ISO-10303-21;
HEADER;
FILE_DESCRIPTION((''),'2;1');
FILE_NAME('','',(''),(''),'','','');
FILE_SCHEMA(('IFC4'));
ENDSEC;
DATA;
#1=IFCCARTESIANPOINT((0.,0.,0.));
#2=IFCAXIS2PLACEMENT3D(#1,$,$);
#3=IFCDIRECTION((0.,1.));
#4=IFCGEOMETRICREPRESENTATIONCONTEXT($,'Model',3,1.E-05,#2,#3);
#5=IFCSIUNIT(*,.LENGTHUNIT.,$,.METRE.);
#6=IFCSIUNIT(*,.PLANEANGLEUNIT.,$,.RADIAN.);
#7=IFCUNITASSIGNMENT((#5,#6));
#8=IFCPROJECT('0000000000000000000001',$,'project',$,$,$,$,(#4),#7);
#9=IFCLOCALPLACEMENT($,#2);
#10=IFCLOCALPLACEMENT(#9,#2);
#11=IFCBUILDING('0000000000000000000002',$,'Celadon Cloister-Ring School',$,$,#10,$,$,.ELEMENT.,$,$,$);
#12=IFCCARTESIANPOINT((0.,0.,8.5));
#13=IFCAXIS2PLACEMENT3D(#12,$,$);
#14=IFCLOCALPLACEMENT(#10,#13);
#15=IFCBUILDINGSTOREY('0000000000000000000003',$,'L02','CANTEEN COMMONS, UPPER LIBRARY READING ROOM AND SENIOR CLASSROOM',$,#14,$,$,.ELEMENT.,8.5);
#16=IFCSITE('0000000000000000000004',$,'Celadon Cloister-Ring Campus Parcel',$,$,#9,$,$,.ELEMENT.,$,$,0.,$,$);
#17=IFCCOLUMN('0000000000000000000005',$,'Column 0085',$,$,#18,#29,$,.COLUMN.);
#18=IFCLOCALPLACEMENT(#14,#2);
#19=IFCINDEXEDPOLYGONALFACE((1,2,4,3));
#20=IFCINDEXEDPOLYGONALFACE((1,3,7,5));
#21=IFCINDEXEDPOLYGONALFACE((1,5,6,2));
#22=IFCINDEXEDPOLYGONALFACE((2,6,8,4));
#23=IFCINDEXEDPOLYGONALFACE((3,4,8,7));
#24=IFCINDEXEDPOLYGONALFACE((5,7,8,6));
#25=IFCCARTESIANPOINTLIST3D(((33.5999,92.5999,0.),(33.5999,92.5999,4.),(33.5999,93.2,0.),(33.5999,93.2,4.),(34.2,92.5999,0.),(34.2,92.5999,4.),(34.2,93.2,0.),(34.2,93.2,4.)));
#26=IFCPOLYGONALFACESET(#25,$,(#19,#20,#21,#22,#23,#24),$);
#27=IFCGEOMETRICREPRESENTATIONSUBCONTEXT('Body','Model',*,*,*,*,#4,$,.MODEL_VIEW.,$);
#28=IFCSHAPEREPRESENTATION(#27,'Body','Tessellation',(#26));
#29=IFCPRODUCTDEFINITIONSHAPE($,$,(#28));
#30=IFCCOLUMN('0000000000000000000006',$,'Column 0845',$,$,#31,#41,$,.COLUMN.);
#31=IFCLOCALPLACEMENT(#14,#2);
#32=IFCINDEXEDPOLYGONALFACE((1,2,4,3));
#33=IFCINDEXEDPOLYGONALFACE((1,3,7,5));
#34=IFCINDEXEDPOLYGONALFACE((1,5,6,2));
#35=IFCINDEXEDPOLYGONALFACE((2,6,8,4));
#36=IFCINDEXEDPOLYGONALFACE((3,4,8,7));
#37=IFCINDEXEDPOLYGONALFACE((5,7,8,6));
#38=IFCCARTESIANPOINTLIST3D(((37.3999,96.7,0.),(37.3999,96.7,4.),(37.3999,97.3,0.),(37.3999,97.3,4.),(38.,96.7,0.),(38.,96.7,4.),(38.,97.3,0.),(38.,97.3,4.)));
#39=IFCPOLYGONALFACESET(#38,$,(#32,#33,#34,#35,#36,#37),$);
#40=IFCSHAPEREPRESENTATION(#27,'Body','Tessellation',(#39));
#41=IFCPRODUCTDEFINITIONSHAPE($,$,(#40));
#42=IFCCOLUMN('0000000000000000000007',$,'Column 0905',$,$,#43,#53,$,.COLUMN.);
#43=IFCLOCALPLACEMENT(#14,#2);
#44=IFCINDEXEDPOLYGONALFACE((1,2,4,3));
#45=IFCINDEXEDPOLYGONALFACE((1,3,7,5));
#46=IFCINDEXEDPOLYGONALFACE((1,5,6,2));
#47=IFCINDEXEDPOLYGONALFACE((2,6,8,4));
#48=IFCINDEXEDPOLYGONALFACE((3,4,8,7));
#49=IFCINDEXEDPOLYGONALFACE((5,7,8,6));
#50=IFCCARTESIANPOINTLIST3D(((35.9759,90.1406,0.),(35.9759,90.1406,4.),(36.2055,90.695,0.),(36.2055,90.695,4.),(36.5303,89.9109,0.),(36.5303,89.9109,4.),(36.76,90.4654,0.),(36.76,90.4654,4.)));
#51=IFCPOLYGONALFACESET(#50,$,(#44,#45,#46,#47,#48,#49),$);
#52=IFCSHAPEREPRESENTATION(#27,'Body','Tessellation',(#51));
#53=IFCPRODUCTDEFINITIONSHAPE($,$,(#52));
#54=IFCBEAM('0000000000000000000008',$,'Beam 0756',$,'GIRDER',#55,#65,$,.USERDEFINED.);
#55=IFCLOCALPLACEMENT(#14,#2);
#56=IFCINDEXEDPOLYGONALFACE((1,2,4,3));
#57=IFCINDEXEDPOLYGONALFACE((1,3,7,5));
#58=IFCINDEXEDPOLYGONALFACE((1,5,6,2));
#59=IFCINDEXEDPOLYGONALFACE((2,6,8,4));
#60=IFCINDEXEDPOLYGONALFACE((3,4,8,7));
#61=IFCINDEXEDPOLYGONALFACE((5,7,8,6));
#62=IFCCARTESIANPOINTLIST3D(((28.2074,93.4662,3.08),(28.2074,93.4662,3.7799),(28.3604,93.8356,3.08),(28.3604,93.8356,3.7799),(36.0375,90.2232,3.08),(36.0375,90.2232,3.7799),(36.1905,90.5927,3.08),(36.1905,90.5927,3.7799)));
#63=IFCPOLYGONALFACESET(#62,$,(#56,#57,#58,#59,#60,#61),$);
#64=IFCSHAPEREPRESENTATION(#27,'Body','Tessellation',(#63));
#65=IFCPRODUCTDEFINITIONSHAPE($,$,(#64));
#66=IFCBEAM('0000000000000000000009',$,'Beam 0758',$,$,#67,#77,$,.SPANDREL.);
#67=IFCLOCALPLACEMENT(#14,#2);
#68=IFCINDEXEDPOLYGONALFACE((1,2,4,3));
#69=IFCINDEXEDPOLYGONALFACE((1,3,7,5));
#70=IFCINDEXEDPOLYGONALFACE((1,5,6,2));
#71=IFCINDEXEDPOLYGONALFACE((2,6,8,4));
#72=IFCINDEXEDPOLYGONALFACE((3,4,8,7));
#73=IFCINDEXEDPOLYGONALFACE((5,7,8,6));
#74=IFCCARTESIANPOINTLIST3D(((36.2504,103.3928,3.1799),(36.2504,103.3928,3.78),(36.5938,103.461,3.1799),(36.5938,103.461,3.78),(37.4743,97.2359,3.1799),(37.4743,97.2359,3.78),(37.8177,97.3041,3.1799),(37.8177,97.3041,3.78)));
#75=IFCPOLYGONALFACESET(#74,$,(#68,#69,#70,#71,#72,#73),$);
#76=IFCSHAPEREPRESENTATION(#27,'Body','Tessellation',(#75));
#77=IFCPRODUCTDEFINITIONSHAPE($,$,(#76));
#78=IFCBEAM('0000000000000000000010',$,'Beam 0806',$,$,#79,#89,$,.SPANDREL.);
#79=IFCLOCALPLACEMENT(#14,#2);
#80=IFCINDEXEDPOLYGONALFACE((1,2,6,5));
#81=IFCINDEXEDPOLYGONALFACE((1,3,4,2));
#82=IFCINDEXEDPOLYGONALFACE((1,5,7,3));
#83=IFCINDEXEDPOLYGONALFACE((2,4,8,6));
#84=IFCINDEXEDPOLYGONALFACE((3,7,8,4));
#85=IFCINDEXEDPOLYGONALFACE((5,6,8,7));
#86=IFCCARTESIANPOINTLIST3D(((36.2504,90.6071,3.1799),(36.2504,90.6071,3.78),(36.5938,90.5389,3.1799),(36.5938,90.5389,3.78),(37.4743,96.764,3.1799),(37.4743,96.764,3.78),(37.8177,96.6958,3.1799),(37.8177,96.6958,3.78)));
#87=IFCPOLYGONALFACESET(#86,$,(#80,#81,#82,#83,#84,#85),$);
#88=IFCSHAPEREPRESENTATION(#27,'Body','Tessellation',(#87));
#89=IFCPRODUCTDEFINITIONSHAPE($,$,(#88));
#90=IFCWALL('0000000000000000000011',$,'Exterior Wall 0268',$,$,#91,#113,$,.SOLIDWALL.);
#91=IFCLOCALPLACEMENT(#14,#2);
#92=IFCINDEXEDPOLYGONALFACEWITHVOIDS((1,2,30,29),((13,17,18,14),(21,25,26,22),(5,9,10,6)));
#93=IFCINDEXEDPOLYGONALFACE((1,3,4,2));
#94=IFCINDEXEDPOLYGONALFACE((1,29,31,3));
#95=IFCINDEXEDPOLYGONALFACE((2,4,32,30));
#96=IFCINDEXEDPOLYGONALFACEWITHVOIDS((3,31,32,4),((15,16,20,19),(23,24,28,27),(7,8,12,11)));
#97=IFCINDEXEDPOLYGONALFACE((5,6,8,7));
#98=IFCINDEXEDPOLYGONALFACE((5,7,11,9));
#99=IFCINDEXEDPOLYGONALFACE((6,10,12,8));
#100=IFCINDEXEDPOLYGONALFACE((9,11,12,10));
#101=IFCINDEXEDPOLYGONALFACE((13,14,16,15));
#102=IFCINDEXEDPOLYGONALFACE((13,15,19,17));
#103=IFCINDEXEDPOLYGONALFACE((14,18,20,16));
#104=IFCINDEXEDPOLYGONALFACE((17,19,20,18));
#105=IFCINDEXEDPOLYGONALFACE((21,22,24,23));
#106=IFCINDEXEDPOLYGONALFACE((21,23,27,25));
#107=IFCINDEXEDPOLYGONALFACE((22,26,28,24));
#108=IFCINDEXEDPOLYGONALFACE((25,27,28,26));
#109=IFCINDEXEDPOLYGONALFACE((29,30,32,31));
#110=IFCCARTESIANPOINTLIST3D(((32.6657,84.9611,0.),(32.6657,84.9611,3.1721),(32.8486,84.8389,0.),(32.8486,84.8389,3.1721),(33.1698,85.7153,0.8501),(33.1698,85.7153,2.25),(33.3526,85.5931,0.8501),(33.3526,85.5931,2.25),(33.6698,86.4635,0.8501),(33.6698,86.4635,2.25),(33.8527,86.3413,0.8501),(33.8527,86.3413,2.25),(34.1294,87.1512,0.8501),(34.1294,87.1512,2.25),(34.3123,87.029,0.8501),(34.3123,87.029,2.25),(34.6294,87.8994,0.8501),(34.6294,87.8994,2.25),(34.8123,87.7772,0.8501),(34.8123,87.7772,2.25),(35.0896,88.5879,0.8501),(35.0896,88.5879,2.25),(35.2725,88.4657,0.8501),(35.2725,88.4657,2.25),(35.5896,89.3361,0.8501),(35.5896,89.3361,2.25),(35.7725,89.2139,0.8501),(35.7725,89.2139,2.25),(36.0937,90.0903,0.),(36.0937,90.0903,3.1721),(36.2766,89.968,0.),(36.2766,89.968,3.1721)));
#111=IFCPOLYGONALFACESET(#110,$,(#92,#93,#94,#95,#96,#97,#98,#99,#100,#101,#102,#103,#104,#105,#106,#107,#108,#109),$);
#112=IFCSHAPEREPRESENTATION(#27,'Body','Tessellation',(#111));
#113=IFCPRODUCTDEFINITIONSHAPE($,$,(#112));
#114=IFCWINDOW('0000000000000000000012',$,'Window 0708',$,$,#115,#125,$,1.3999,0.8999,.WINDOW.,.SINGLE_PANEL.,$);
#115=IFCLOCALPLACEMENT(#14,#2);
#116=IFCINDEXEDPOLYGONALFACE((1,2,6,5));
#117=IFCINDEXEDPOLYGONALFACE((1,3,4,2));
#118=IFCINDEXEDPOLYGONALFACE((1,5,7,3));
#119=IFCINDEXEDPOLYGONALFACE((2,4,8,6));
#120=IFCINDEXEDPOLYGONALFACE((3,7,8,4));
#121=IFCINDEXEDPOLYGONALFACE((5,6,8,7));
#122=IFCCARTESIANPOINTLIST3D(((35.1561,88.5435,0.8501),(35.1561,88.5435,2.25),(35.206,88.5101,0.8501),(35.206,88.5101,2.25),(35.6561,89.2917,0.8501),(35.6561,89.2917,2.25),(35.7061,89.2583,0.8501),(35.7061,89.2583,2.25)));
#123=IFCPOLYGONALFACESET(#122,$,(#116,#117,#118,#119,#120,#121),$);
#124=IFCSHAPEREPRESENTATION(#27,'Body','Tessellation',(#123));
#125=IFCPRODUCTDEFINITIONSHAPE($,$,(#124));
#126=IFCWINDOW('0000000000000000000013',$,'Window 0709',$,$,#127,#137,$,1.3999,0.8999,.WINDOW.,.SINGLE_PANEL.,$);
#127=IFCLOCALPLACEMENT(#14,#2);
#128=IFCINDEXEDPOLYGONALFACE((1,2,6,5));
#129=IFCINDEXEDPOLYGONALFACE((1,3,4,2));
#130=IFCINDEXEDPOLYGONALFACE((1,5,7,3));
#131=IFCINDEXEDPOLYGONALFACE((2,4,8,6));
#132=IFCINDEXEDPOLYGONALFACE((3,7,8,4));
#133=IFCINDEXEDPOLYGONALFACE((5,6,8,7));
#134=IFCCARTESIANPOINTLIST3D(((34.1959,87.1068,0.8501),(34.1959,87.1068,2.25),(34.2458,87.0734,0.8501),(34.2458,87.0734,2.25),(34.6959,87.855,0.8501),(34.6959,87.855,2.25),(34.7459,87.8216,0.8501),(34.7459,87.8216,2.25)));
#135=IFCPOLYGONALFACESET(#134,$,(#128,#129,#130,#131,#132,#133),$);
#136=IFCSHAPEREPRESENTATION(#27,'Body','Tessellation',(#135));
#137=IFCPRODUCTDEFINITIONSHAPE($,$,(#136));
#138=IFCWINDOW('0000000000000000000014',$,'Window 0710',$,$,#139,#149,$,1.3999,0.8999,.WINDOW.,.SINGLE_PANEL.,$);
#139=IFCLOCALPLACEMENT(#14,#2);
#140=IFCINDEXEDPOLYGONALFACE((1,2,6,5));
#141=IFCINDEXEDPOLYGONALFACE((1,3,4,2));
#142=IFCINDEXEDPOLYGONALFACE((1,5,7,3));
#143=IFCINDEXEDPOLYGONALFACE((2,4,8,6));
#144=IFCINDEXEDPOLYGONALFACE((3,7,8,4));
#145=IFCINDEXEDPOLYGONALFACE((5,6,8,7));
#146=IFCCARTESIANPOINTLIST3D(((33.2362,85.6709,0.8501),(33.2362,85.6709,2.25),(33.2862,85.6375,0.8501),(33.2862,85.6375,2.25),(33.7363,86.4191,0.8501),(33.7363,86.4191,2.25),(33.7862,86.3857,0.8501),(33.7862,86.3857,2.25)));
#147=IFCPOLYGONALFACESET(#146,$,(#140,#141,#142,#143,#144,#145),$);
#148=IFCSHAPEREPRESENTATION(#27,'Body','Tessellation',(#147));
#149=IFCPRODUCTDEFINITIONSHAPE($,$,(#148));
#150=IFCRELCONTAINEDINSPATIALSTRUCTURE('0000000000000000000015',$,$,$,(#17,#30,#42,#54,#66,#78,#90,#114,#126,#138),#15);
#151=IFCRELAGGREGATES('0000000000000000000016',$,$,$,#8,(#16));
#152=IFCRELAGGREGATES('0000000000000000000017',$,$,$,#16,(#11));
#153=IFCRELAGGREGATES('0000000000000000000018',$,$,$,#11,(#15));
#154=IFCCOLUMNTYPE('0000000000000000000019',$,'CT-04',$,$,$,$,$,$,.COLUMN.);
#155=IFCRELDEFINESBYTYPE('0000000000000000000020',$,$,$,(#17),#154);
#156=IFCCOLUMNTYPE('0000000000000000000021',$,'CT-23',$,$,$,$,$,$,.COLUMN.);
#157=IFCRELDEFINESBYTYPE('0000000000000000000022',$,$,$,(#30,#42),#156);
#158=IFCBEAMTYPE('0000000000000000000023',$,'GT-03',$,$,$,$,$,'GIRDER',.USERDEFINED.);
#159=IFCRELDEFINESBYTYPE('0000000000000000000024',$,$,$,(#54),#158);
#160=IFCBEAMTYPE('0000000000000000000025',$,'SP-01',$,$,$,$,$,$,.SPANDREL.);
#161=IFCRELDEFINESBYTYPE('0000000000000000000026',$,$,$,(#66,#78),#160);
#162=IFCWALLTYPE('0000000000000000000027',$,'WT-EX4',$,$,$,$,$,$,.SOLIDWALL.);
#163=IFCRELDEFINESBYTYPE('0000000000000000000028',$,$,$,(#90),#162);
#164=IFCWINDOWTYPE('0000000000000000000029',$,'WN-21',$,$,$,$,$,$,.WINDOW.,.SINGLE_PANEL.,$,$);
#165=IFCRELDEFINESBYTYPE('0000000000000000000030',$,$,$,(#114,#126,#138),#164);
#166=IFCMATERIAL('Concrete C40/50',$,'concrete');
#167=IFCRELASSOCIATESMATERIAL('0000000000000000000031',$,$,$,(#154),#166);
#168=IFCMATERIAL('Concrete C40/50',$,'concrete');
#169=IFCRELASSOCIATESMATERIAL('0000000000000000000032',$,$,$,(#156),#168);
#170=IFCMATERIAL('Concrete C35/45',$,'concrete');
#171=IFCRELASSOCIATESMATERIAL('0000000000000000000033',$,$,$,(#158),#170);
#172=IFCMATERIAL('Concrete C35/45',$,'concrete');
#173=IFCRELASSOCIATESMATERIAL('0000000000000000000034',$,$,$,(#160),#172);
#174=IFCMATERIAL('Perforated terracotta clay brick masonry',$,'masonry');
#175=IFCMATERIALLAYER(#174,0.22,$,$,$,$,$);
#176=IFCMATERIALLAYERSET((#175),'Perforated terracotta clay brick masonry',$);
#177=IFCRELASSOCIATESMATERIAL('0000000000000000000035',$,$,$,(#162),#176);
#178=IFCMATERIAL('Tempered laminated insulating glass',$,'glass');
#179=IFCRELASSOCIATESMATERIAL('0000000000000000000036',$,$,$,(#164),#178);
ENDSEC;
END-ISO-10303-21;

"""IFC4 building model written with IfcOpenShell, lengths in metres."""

from ifc_helpers import new_model, si_unit, direction, frame, frame_2d, origin, origin_2d, place, context, subcontext, project, spatial, rectangle, extrude, material, layer, layer_set, material_profile, profile_set, type_object, element, fill, save


model = new_model("IFC4")

# Units and contexts
model_context = context("Model", 3, precision=1e-05, world=origin(), true_north=direction((0.0, 1.0)))
body_context = subcontext(model_context, "Body", "Model", "MODEL_VIEW")
ifc_project = project(units=[si_unit("LENGTHUNIT", "METRE"), si_unit("PLANEANGLEUNIT", "RADIAN")], contexts=[model_context])

# Site, building, storey
site_placement = place(None, origin())
site = spatial("IfcSite", under=ifc_project, at=site_placement, Name="Celadon Cloister-Ring Campus Parcel", CompositionType="ELEMENT", RefElevation=0.0)
building_placement = place(site_placement, origin())
building = spatial("IfcBuilding", under=site, at=building_placement, Name="Celadon Cloister-Ring School", CompositionType="ELEMENT")
storey_placement = place(building_placement, frame((0.0, 0.0, 8.5)))
storey = spatial("IfcBuildingStorey", under=building, at=storey_placement, Name="L02", Description="CANTEEN COMMONS, UPPER LIBRARY READING ROOM AND SENIOR CLASSROOM", CompositionType="ELEMENT", Elevation=8.5)

# Columns
ifc_material_1 = material(Name="Concrete C40/50", Category="concrete")
ifc_material_profile_1 = material_profile(ifc_material_1, rectangle(XDim=0.6001, YDim=0.6001, at=origin_2d()), Name="RC600X600")
ifc_profile_set_1 = profile_set([ifc_material_profile_1], Name="Concrete C40/50")
column_type_1 = type_object("IfcColumnType", Name="CT-04", PredefinedType="COLUMN", material=ifc_profile_set_1)
column_placement = place(storey_placement, frame((33.8999, 92.8999, 0.0), z_axis=(0.0, 0.0, 1.0), x_axis=(1.0, 0.0, 0.0)))
element("IfcColumn", 1, at=column_placement, inside=storey, type_object=column_type_1, Name="Column 0085", PredefinedType="COLUMN", context=body_context, shape_type="SweptSolid", body=[
    extrude(rectangle(XDim=0.6001, YDim=0.6001, at=origin_2d()), origin(), (0.0, 0.0, 1.0), 4.0),
])
ifc_material_2 = material(Name="Concrete C40/50", Category="concrete")
ifc_material_profile_2 = material_profile(ifc_material_2, rectangle(XDim=0.6001, YDim=0.6001, at=origin_2d()), Name="RC600X600")
ifc_profile_set_2 = profile_set([ifc_material_profile_2], Name="Concrete C40/50")
column_type_2 = type_object("IfcColumnType", Name="CT-23", PredefinedType="COLUMN", material=ifc_profile_set_2)
for number, where, z_axis, x_axis, name in (
    (2, (37.7, 97.0, 0.0), (0.0, 0.0, 1.0), (1.0, 0.0, 0.0), "Column 0845"),
    (3, (36.3679, 90.303, 0.0), (0.0, 0.0, 1.0), (0.92388, -0.382683, 0.0), "Column 0905"),
):
    element("IfcColumn", number, at=place(storey_placement, frame(where, z_axis=z_axis, x_axis=x_axis)), inside=storey, type_object=column_type_2, Name=name, PredefinedType="COLUMN", context=body_context, shape_type="SweptSolid", body=[
        extrude(rectangle(XDim=0.6001, YDim=0.6001, at=origin_2d()), origin(), (0.0, 0.0, 1.0), 4.0),
    ])

# Beams
ifc_material_3 = material(Name="Concrete C35/45", Category="concrete")
ifc_material_profile_3 = material_profile(ifc_material_3, rectangle(XDim=0.3999, YDim=0.7, at=origin_2d()), Name="RC400X700")
ifc_profile_set_3 = profile_set([ifc_material_profile_3], Name="Concrete C35/45")
beam_type_1 = type_object("IfcBeamType", Name="GT-03", ElementType="GIRDER", PredefinedType="USERDEFINED", material=ifc_profile_set_3)
beam_placement = place(storey_placement, frame((36.114, 90.408, 3.4299), z_axis=(-0.923896, 0.382643, 0.0), x_axis=(-0.382643, -0.923896, 0.0)))
element("IfcBeam", 4, at=beam_placement, inside=storey, type_object=beam_type_1, Name="Beam 0756", ObjectType="GIRDER", PredefinedType="USERDEFINED", context=body_context, shape_type="SweptSolid", body=[
    extrude(rectangle(XDim=0.3999, YDim=0.7, at=origin_2d()), origin(), (0.0, 0.0, 1.0), 8.4751),
])
ifc_material_4 = material(Name="Concrete C35/45", Category="concrete")
ifc_material_profile_4 = material_profile(ifc_material_4, rectangle(XDim=0.3501, YDim=0.6001, at=origin_2d()), Name="RC350X600")
ifc_profile_set_4 = profile_set([ifc_material_profile_4], Name="Concrete C35/45")
beam_type_2 = type_object("IfcBeamType", Name="SP-01", PredefinedType="SPANDREL", material=ifc_profile_set_4)
for number, where, z_axis, x_axis, name in (
    (5, (37.646, 97.27, 3.48), (-0.194964, 0.98081, 0.0), (-0.98081, -0.194964, 0.0), "Beam 0758"),
    (6, (36.4221, 90.573, 3.48), (0.194964, 0.98081, 0.0), (-0.98081, 0.194964, 0.0), "Beam 0806"),
):
    element("IfcBeam", number, at=place(storey_placement, frame(where, z_axis=z_axis, x_axis=x_axis)), inside=storey, type_object=beam_type_2, Name=name, PredefinedType="SPANDREL", context=body_context, shape_type="SweptSolid", body=[
        extrude(rectangle(XDim=0.3501, YDim=0.6001, at=origin_2d()), origin(), (0.0, 0.0, 1.0), 6.2773),
    ])

# Wall, openings, windows
ifc_material_5 = material(Name="Perforated terracotta clay brick masonry", Category="masonry")
ifc_layer_1 = layer(ifc_material_5, 0.22)
ifc_layer_set_1 = layer_set([ifc_layer_1], Name="Perforated terracotta clay brick masonry")
wall_type_1 = type_object("IfcWallType", Name="WT-EX4", PredefinedType="SOLIDWALL", material=ifc_layer_set_1)
wall_1_placement = place(storey_placement, frame((36.1851, 90.0291, 0.0), z_axis=(0.0, 0.0, 1.0), x_axis=(-0.555659, -0.83141, 0.0)))
wall_1 = element("IfcWall", 7, at=wall_1_placement, inside=storey, type_object=wall_type_1, Name="Exterior Wall 0268", PredefinedType="SOLIDWALL", context=body_context, shape_type="SweptSolid", body=[
    extrude(rectangle(XDim=6.1692, YDim=0.22, at=frame_2d((3.0845, 0.0))), origin(), (0.0, 0.0, 1.0), 3.1721),
])
opening_1_placement = place(wall_1_placement, frame((0.907, 0.0, 0.8501)))
opening_1 = element("IfcOpeningElement", 8, at=opening_1_placement, cuts=wall_1, PredefinedType="OPENING", context=body_context, shape_type="SweptSolid", body=[
    extrude(rectangle(XDim=0.8999, YDim=1.3999, at=frame_2d((0.45, 0.7))), frame((0.0, 0.1201, 0.0), z_axis=(0.0, -1.0, 0.0), x_axis=(1.0, 0.0, 0.0)), (0.0, 0.0, 1.0), 0.24),
])
opening_2_placement = place(wall_1_placement, frame((2.635, 0.0, 0.8501)))
opening_2 = element("IfcOpeningElement", 9, at=opening_2_placement, cuts=wall_1, PredefinedType="OPENING", context=body_context, shape_type="SweptSolid", body=[
    extrude(rectangle(XDim=0.8999, YDim=1.3999, at=frame_2d((0.45, 0.7))), frame((0.0, 0.1201, 0.0), z_axis=(0.0, -1.0, 0.0), x_axis=(1.0, 0.0, 0.0)), (0.0, 0.0, 1.0), 0.24),
])
opening_3_placement = place(wall_1_placement, frame((4.3621, 0.0, 0.8501)))
opening_3 = element("IfcOpeningElement", 10, at=opening_3_placement, cuts=wall_1, PredefinedType="OPENING", context=body_context, shape_type="SweptSolid", body=[
    extrude(rectangle(XDim=0.8999, YDim=1.3999, at=frame_2d((0.45, 0.7))), frame((0.0, 0.1201, 0.0), z_axis=(0.0, -1.0, 0.0), x_axis=(1.0, 0.0, 0.0)), (0.0, 0.0, 1.0), 0.24),
])
ifc_material_6 = material(Name="Tempered laminated insulating glass", Category="glass")
window_type = type_object("IfcWindowType", Name="WN-21", PartitioningType="SINGLE_PANEL", PredefinedType="WINDOW", material=ifc_material_6)
window_1_placement = place(opening_1_placement, origin())
window_1 = element("IfcWindow", 11, at=window_1_placement, inside=storey, type_object=window_type, Name="Window 0708", OverallHeight=1.3999, OverallWidth=0.8999, PartitioningType="SINGLE_PANEL", PredefinedType="WINDOW", context=body_context, shape_type="SweptSolid", body=[
    extrude(rectangle(XDim=0.8999, YDim=1.3999, at=frame_2d((0.45, 0.7))), frame((0.0, 0.03, 0.0), z_axis=(0.0, -1.0, 0.0), x_axis=(1.0, 0.0, 0.0)), (0.0, 0.0, 1.0), 0.0601),
])
fill(opening_1, window_1)
window_2_placement = place(opening_2_placement, origin())
window_2 = element("IfcWindow", 12, at=window_2_placement, inside=storey, type_object=window_type, Name="Window 0709", OverallHeight=1.3999, OverallWidth=0.8999, PartitioningType="SINGLE_PANEL", PredefinedType="WINDOW", context=body_context, shape_type="SweptSolid", body=[
    extrude(rectangle(XDim=0.8999, YDim=1.3999, at=frame_2d((0.45, 0.7))), frame((0.0, 0.03, 0.0), z_axis=(0.0, -1.0, 0.0), x_axis=(1.0, 0.0, 0.0)), (0.0, 0.0, 1.0), 0.0601),
])
fill(opening_2, window_2)
window_3_placement = place(opening_3_placement, origin())
window_3 = element("IfcWindow", 13, at=window_3_placement, inside=storey, type_object=window_type, Name="Window 0710", OverallHeight=1.3999, OverallWidth=0.8999, PartitioningType="SINGLE_PANEL", PredefinedType="WINDOW", context=body_context, shape_type="SweptSolid", body=[
    extrude(rectangle(XDim=0.8999, YDim=1.3999, at=frame_2d((0.45, 0.7))), frame((0.0, 0.03, 0.0), z_axis=(0.0, -1.0, 0.0), x_axis=(1.0, 0.0, 0.0)), (0.0, 0.0, 1.0), 0.0601),
])
fill(opening_3, window_3)

save(model, "model.ifc")
